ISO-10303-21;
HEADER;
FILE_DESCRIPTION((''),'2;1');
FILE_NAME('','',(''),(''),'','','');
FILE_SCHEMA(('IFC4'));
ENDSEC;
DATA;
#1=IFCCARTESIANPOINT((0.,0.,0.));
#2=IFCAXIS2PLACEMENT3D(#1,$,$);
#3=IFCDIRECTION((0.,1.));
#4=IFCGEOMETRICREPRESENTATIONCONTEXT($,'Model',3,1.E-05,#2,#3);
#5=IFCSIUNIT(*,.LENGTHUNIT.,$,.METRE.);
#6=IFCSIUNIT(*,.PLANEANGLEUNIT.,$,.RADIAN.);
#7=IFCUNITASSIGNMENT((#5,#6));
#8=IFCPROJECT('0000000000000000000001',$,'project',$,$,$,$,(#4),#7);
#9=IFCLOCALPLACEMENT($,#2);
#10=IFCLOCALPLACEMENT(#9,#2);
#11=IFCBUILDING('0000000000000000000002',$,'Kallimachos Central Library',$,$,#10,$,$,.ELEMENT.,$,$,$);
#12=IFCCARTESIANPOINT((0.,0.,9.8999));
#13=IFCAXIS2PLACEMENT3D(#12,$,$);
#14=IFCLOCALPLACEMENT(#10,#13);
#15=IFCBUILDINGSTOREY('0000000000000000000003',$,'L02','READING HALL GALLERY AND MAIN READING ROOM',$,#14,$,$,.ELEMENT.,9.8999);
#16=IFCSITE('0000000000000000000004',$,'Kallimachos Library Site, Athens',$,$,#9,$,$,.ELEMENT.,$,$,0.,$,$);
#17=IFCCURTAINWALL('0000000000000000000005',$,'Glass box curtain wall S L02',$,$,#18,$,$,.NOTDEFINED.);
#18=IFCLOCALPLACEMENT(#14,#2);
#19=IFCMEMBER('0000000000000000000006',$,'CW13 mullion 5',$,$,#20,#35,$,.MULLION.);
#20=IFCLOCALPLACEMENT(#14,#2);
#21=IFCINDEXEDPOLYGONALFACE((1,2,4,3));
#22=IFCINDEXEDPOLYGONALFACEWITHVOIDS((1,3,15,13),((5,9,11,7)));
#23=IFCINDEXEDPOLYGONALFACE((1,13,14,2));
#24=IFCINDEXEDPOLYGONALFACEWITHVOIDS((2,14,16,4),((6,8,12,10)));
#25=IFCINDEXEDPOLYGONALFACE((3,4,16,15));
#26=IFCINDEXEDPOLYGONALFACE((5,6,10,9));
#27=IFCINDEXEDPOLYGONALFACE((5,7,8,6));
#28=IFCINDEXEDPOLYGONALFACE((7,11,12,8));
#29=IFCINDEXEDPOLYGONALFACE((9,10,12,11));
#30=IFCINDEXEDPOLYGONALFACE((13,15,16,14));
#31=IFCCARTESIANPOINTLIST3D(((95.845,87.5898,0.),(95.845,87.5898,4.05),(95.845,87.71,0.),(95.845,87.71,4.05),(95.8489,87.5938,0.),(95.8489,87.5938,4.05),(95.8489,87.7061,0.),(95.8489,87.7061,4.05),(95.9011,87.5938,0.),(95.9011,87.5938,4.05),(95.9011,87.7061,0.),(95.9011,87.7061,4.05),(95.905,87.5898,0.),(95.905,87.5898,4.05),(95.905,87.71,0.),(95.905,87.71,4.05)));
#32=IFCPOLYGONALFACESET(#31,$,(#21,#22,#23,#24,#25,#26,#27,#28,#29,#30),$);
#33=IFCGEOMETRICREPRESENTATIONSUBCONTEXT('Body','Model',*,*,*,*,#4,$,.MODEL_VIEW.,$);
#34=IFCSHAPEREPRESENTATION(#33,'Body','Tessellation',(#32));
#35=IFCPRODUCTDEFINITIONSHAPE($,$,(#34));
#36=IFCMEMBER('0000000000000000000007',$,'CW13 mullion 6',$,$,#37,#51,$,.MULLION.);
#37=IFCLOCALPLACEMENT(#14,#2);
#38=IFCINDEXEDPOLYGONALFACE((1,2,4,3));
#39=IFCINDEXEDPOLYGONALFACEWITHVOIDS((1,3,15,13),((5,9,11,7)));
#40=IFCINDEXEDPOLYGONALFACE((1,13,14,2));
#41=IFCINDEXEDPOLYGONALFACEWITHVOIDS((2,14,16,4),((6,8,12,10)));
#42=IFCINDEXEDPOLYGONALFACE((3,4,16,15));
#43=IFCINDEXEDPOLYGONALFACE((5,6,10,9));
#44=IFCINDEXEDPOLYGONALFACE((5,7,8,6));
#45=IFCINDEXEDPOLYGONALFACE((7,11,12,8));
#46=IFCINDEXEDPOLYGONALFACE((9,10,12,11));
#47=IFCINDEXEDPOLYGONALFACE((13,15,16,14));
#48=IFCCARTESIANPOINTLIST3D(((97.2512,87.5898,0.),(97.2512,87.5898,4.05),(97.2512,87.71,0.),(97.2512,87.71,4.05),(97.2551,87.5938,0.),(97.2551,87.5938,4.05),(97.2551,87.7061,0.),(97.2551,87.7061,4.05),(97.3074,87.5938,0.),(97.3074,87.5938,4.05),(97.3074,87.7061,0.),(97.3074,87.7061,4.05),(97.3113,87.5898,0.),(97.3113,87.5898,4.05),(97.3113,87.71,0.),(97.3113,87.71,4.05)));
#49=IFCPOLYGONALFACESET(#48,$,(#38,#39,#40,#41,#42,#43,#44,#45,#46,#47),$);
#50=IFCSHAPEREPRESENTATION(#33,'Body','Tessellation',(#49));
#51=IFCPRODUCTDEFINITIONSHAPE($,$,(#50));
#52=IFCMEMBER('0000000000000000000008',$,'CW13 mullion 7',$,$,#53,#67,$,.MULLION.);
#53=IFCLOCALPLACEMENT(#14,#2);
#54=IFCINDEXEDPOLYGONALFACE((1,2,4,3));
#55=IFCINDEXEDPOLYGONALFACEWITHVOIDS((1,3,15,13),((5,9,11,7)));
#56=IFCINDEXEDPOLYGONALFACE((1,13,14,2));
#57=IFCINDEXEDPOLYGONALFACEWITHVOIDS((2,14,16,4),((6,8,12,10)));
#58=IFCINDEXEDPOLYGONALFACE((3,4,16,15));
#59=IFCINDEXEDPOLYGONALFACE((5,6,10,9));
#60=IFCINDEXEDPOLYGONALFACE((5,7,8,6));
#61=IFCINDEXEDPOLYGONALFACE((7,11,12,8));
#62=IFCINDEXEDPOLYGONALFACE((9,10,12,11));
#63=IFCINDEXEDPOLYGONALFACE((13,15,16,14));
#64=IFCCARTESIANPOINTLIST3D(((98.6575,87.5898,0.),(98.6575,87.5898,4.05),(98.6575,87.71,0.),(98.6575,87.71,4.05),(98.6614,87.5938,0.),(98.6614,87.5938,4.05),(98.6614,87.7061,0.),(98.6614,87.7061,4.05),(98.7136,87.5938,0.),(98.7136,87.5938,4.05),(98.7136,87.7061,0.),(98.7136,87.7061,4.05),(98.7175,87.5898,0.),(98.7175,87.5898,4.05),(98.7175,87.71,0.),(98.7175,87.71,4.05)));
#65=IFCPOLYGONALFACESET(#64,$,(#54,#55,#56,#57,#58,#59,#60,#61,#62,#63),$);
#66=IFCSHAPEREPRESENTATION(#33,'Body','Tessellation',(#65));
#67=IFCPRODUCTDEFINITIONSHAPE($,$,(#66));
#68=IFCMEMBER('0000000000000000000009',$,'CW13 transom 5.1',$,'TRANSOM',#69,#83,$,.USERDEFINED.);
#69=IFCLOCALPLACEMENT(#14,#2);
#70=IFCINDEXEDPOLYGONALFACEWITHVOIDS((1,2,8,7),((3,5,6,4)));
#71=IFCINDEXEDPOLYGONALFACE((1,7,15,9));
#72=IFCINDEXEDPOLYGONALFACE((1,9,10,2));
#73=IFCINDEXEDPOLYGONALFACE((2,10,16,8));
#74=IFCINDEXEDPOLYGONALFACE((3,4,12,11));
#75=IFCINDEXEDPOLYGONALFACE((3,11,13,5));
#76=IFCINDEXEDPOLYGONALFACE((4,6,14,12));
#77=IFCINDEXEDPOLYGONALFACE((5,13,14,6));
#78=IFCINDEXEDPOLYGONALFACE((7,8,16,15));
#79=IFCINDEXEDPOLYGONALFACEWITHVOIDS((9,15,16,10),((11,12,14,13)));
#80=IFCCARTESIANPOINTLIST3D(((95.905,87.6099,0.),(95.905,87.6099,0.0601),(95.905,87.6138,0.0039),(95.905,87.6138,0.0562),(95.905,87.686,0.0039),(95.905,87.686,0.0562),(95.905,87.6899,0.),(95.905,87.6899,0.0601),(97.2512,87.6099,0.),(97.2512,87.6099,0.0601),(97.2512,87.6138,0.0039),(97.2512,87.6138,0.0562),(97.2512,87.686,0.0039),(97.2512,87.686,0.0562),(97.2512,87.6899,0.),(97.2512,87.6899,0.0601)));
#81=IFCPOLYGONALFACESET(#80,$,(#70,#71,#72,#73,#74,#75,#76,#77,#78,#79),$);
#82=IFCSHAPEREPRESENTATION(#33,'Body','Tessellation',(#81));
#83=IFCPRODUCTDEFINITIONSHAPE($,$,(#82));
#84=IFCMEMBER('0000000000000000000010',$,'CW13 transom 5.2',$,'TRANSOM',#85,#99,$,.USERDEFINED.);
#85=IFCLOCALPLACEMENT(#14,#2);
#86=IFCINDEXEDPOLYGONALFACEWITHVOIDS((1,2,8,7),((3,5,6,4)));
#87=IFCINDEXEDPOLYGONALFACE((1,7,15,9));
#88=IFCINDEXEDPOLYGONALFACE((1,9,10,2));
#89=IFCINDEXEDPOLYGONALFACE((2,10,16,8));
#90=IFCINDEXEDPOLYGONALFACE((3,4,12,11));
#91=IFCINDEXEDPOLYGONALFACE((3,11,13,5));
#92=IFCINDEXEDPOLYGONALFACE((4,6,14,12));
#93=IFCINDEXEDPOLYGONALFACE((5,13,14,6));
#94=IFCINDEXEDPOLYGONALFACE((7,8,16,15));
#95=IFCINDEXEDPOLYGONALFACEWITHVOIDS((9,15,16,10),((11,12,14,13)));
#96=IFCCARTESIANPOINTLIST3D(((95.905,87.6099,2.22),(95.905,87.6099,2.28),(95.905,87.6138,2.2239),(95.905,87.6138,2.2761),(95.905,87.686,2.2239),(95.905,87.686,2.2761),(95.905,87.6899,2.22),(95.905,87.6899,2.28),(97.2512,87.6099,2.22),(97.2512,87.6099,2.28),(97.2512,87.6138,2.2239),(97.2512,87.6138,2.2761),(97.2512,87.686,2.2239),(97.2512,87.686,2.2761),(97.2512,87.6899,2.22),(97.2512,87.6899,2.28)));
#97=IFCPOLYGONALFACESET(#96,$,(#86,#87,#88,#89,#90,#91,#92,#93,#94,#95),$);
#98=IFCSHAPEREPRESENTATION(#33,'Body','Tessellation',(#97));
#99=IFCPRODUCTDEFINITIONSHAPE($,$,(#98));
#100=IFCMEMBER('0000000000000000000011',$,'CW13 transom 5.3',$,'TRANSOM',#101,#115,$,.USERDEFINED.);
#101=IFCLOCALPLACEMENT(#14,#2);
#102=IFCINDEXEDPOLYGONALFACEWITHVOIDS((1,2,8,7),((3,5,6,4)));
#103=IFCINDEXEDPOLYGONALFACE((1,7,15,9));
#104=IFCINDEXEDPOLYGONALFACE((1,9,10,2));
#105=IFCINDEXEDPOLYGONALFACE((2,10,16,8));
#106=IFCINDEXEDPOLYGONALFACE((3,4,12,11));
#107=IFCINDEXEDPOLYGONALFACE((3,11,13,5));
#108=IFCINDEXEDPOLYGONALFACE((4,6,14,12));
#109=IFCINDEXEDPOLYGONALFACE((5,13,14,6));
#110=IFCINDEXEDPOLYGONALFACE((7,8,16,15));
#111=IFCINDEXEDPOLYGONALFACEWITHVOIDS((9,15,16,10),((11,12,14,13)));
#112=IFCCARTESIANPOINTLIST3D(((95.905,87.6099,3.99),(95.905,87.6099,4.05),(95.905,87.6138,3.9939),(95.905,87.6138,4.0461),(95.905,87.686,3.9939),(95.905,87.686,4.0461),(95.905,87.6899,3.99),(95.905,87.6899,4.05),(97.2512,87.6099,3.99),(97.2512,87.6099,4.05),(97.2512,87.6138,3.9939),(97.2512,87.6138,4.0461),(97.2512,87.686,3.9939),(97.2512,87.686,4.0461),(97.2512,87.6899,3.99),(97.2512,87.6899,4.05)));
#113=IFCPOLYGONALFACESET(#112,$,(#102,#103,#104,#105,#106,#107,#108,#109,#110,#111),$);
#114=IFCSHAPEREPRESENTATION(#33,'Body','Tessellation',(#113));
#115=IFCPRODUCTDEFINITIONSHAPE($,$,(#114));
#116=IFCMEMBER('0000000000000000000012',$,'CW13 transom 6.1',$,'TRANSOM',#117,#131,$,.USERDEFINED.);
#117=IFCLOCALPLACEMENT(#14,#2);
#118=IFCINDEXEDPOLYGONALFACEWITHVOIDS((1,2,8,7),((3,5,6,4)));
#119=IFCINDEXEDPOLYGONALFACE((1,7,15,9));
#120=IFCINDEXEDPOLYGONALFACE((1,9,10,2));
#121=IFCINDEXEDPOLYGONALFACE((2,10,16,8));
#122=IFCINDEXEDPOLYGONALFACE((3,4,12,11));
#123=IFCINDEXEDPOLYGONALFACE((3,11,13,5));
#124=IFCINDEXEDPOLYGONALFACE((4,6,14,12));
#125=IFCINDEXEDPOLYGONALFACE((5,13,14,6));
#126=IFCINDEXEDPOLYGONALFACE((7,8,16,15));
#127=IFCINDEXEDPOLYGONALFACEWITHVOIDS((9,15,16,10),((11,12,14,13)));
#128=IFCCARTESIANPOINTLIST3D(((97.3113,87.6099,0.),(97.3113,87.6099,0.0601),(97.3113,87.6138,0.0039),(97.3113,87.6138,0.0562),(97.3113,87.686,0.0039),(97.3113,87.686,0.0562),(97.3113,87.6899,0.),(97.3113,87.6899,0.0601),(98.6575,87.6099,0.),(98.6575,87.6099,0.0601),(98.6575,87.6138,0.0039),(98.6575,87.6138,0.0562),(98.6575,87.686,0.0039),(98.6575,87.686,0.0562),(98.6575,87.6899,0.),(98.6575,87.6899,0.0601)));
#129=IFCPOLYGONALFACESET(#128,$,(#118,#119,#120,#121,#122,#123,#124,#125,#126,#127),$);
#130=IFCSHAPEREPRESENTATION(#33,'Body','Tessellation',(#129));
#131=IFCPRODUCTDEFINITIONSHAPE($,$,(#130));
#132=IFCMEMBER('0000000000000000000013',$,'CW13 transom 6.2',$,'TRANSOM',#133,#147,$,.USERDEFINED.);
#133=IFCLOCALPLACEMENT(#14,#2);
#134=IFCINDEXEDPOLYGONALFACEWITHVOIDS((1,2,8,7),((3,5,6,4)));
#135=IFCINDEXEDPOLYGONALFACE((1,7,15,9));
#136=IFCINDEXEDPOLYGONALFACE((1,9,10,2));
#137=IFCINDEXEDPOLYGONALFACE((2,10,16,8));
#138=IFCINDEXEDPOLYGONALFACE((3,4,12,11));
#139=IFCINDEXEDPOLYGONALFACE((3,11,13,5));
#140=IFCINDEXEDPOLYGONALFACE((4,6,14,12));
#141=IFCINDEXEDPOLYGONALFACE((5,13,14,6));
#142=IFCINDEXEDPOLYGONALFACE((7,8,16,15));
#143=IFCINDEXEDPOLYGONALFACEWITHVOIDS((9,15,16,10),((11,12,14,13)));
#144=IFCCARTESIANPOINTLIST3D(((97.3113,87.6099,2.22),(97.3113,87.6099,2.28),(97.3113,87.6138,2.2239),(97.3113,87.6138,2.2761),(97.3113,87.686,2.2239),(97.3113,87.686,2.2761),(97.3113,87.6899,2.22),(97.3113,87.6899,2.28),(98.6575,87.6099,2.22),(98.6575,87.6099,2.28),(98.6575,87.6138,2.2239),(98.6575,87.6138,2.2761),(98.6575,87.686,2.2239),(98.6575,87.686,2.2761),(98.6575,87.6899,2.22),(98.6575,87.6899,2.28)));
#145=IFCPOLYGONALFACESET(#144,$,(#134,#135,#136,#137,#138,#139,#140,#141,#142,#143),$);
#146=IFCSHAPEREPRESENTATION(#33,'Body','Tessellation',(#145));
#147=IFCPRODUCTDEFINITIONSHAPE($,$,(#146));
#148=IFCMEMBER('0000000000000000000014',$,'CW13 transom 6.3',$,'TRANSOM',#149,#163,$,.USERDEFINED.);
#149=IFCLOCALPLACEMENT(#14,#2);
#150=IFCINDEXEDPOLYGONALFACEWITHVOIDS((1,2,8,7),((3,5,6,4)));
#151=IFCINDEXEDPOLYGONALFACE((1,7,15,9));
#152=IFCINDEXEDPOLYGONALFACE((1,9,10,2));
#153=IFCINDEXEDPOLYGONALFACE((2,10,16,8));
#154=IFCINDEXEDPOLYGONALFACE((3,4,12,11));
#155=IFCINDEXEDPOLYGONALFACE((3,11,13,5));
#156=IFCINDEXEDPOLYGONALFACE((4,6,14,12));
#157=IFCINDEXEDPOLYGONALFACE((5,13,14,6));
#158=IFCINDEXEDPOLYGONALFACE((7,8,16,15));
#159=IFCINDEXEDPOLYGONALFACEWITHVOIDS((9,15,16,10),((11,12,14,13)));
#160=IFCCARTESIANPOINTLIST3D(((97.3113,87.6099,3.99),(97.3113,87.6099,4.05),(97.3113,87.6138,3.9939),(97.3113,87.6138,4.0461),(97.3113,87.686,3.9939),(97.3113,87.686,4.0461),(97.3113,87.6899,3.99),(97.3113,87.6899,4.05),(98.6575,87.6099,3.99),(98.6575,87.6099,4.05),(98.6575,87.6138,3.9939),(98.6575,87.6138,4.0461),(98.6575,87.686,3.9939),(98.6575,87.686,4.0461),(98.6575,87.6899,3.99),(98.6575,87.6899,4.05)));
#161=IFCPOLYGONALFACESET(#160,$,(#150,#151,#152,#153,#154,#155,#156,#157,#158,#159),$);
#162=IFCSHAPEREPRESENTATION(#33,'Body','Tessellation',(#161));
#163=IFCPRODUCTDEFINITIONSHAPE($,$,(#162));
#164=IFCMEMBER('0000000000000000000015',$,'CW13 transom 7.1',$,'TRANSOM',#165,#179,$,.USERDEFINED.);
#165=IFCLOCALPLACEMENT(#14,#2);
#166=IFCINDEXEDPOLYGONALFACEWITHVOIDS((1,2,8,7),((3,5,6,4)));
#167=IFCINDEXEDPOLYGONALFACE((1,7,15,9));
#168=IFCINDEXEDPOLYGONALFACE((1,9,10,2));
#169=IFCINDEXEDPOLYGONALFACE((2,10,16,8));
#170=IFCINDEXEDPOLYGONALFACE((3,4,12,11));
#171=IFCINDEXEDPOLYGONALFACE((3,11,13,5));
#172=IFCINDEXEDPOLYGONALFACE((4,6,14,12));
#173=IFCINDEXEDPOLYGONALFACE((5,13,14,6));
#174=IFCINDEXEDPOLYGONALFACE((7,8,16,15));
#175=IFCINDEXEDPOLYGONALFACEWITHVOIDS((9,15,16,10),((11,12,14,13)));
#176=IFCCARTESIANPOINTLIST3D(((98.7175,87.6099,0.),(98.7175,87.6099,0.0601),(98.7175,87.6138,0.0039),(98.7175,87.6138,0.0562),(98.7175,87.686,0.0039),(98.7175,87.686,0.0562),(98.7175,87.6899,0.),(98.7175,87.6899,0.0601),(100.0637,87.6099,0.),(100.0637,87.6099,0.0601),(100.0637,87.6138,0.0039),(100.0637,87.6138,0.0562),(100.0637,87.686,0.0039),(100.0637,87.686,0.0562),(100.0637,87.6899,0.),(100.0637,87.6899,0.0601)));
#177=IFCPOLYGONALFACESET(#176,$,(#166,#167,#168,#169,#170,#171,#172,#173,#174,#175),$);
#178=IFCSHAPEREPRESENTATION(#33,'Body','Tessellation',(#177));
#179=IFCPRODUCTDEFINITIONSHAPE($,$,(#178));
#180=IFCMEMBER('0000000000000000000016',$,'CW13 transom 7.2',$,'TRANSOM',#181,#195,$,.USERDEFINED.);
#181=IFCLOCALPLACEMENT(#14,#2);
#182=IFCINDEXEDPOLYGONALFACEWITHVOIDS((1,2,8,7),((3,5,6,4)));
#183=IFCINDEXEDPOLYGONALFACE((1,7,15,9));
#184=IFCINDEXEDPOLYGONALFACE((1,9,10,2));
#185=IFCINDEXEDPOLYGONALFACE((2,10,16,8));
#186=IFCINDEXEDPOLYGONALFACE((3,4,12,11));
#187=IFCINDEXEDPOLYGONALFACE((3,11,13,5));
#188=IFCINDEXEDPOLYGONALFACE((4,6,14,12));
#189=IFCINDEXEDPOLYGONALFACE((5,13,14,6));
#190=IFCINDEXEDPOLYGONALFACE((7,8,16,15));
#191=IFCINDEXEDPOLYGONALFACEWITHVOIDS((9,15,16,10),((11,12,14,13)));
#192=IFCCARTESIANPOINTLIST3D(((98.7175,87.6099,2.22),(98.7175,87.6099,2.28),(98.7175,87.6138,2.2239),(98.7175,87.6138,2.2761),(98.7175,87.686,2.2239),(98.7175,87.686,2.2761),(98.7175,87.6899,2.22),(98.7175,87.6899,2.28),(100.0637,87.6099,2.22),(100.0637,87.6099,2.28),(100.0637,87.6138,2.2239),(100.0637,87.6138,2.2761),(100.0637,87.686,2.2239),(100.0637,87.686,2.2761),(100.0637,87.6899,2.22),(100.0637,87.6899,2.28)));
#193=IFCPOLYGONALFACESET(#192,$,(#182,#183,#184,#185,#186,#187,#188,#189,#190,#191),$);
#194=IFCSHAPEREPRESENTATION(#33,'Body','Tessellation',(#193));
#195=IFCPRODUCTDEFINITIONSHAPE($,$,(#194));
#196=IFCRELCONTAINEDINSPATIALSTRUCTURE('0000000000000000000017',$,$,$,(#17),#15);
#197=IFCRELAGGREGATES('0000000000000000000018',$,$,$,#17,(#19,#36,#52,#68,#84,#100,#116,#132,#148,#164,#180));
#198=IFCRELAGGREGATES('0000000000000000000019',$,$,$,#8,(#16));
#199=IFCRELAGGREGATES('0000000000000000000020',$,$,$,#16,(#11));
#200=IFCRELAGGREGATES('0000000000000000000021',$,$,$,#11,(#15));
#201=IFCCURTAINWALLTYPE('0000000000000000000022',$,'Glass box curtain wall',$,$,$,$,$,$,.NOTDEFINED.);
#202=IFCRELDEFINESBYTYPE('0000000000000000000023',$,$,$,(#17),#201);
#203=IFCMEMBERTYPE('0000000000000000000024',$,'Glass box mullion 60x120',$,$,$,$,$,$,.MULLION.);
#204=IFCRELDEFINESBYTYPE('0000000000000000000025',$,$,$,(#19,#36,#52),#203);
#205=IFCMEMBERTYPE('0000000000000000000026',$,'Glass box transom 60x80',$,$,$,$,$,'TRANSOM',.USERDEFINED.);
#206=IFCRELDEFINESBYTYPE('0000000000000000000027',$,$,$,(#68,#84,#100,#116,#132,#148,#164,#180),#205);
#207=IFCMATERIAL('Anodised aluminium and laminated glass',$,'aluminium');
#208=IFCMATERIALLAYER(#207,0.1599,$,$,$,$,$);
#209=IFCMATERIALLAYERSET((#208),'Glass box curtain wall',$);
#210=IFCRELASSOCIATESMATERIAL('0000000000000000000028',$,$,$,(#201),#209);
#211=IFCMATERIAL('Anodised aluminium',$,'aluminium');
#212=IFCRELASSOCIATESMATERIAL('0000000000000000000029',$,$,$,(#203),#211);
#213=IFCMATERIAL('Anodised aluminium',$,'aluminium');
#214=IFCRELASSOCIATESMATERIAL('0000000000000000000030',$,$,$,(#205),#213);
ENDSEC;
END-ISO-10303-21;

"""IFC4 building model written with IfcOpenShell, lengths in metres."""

from ifc_helpers import new_model, si_unit, direction, frame, origin, origin_2d, place, context, subcontext, project, spatial, hollow_rectangle, extrude, material, layer, layer_set, material_profile, profile_set, type_object, element, aggregate, save


model = new_model("IFC4")

# Units and contexts
model_context = context("Model", 3, precision=1e-05, world=origin(), true_north=direction((0.0, 1.0)))
body_context = subcontext(model_context, "Body", "Model", "MODEL_VIEW")
ifc_project = project(units=[si_unit("LENGTHUNIT", "METRE"), si_unit("PLANEANGLEUNIT", "RADIAN")], contexts=[model_context])

# Site, building, storey
site_placement = place(None, origin())
site = spatial("IfcSite", under=ifc_project, at=site_placement, Name="Kallimachos Library Site, Athens", CompositionType="ELEMENT", RefElevation=0.0)
building_placement = place(site_placement, origin())
building = spatial("IfcBuilding", under=site, at=building_placement, Name="Kallimachos Central Library", CompositionType="ELEMENT")
storey_placement = place(building_placement, frame((0.0, 0.0, 9.8999)))
storey = spatial("IfcBuildingStorey", under=building, at=storey_placement, Name="L02", Description="READING HALL GALLERY AND MAIN READING ROOM", CompositionType="ELEMENT", Elevation=9.8999)

# Curtain wall, members
ifc_material_1 = material(Name="Anodised aluminium and laminated glass", Category="aluminium")
ifc_layer_1 = layer(ifc_material_1, 0.1599)
ifc_layer_set_1 = layer_set([ifc_layer_1], Name="Glass box curtain wall")
curtain_wall_type_1 = type_object("IfcCurtainWallType", Name="Glass box curtain wall", PredefinedType="NOTDEFINED", material=ifc_layer_set_1)
curtain_wall_1_placement = place(storey_placement, origin())
curtain_wall_1 = element("IfcCurtainWall", 1, at=curtain_wall_1_placement, inside=storey, type_object=curtain_wall_type_1, Name="Glass box curtain wall S L02", PredefinedType="NOTDEFINED")
ifc_material_2 = material(Name="Anodised aluminium", Category="aluminium")
ifc_material_profile_1 = material_profile(ifc_material_2, hollow_rectangle(XDim=0.0601, YDim=0.1201, WallThickness=0.0039, at=origin_2d()), Name="ALU MULLION 60x120")
ifc_profile_set_1 = profile_set([ifc_material_profile_1], Name="Anodised aluminium")
member_type_1 = type_object("IfcMemberType", Name="Glass box mullion 60x120", PredefinedType="MULLION", material=ifc_profile_set_1)
member_1_placement = place(storey_placement, frame((95.875, 87.6499, 0.0), z_axis=(0.0, 0.0, 1.0), x_axis=(1.0, 0.0, 0.0)))
member_1 = element("IfcMember", 2, at=member_1_placement, type_object=member_type_1, Name="CW13 mullion 5", PredefinedType="MULLION", context=body_context, shape_type="SweptSolid", body=[
    extrude(hollow_rectangle(XDim=0.0601, YDim=0.1201, WallThickness=0.0039, at=origin_2d()), origin(), (0.0, 0.0, 1.0), 4.05),
])
member_2_placement = place(storey_placement, frame((97.2812, 87.6499, 0.0), z_axis=(0.0, 0.0, 1.0), x_axis=(1.0, 0.0, 0.0)))
member_2 = element("IfcMember", 3, at=member_2_placement, type_object=member_type_1, Name="CW13 mullion 6", PredefinedType="MULLION", context=body_context, shape_type="SweptSolid", body=[
    extrude(hollow_rectangle(XDim=0.0601, YDim=0.1201, WallThickness=0.0039, at=origin_2d()), origin(), (0.0, 0.0, 1.0), 4.05),
])
member_3_placement = place(storey_placement, frame((98.6875, 87.6499, 0.0), z_axis=(0.0, 0.0, 1.0), x_axis=(1.0, 0.0, 0.0)))
member_3 = element("IfcMember", 4, at=member_3_placement, type_object=member_type_1, Name="CW13 mullion 7", PredefinedType="MULLION", context=body_context, shape_type="SweptSolid", body=[
    extrude(hollow_rectangle(XDim=0.0601, YDim=0.1201, WallThickness=0.0039, at=origin_2d()), origin(), (0.0, 0.0, 1.0), 4.05),
])
ifc_material_3 = material(Name="Anodised aluminium", Category="aluminium")
ifc_material_profile_2 = material_profile(ifc_material_3, hollow_rectangle(XDim=0.0601, YDim=0.0801, WallThickness=0.0039, at=origin_2d()), Name="ALU TRANSOM 60x80")
ifc_profile_set_2 = profile_set([ifc_material_profile_2], Name="Anodised aluminium")
member_type_2 = type_object("IfcMemberType", Name="Glass box transom 60x80", ElementType="TRANSOM", PredefinedType="USERDEFINED", material=ifc_profile_set_2)
member_4_placement = place(storey_placement, frame((95.905, 87.6499, 0.03), z_axis=(1.0, 0.0, 0.0), x_axis=(0.0, 0.0, 1.0)))
member_4 = element("IfcMember", 5, at=member_4_placement, type_object=member_type_2, Name="CW13 transom 5.1", ObjectType="TRANSOM", PredefinedType="USERDEFINED", context=body_context, shape_type="SweptSolid", body=[
    extrude(hollow_rectangle(XDim=0.0601, YDim=0.0801, WallThickness=0.0039, at=origin_2d()), origin(), (0.0, 0.0, 1.0), 1.3462),
])
member_5_placement = place(storey_placement, frame((95.905, 87.6499, 2.25), z_axis=(1.0, 0.0, 0.0), x_axis=(0.0, 0.0, 1.0)))
member_5 = element("IfcMember", 6, at=member_5_placement, type_object=member_type_2, Name="CW13 transom 5.2", ObjectType="TRANSOM", PredefinedType="USERDEFINED", context=body_context, shape_type="SweptSolid", body=[
    extrude(hollow_rectangle(XDim=0.0601, YDim=0.0801, WallThickness=0.0039, at=origin_2d()), origin(), (0.0, 0.0, 1.0), 1.3462),
])
member_6_placement = place(storey_placement, frame((95.905, 87.6499, 4.02), z_axis=(1.0, 0.0, 0.0), x_axis=(0.0, 0.0, 1.0)))
member_6 = element("IfcMember", 7, at=member_6_placement, type_object=member_type_2, Name="CW13 transom 5.3", ObjectType="TRANSOM", PredefinedType="USERDEFINED", context=body_context, shape_type="SweptSolid", body=[
    extrude(hollow_rectangle(XDim=0.0601, YDim=0.0801, WallThickness=0.0039, at=origin_2d()), origin(), (0.0, 0.0, 1.0), 1.3462),
])
member_7_placement = place(storey_placement, frame((97.3113, 87.6499, 0.03), z_axis=(1.0, 0.0, 0.0), x_axis=(0.0, 0.0, 1.0)))
member_7 = element("IfcMember", 8, at=member_7_placement, type_object=member_type_2, Name="CW13 transom 6.1", ObjectType="TRANSOM", PredefinedType="USERDEFINED", context=body_context, shape_type="SweptSolid", body=[
    extrude(hollow_rectangle(XDim=0.0601, YDim=0.0801, WallThickness=0.0039, at=origin_2d()), origin(), (0.0, 0.0, 1.0), 1.3462),
])
member_8_placement = place(storey_placement, frame((97.3113, 87.6499, 2.25), z_axis=(1.0, 0.0, 0.0), x_axis=(0.0, 0.0, 1.0)))
member_8 = element("IfcMember", 9, at=member_8_placement, type_object=member_type_2, Name="CW13 transom 6.2", ObjectType="TRANSOM", PredefinedType="USERDEFINED", context=body_context, shape_type="SweptSolid", body=[
    extrude(hollow_rectangle(XDim=0.0601, YDim=0.0801, WallThickness=0.0039, at=origin_2d()), origin(), (0.0, 0.0, 1.0), 1.3462),
])
member_9_placement = place(storey_placement, frame((97.3113, 87.6499, 4.02), z_axis=(1.0, 0.0, 0.0), x_axis=(0.0, 0.0, 1.0)))
member_9 = element("IfcMember", 10, at=member_9_placement, type_object=member_type_2, Name="CW13 transom 6.3", ObjectType="TRANSOM", PredefinedType="USERDEFINED", context=body_context, shape_type="SweptSolid", body=[
    extrude(hollow_rectangle(XDim=0.0601, YDim=0.0801, WallThickness=0.0039, at=origin_2d()), origin(), (0.0, 0.0, 1.0), 1.3462),
])
member_10_placement = place(storey_placement, frame((98.7175, 87.6499, 0.03), z_axis=(1.0, 0.0, 0.0), x_axis=(0.0, 0.0, 1.0)))
member_10 = element("IfcMember", 11, at=member_10_placement, type_object=member_type_2, Name="CW13 transom 7.1", ObjectType="TRANSOM", PredefinedType="USERDEFINED", context=body_context, shape_type="SweptSolid", body=[
    extrude(hollow_rectangle(XDim=0.0601, YDim=0.0801, WallThickness=0.0039, at=origin_2d()), origin(), (0.0, 0.0, 1.0), 1.3462),
])
member_11_placement = place(storey_placement, frame((98.7175, 87.6499, 2.25), z_axis=(1.0, 0.0, 0.0), x_axis=(0.0, 0.0, 1.0)))
member_11 = element("IfcMember", 12, at=member_11_placement, type_object=member_type_2, Name="CW13 transom 7.2", ObjectType="TRANSOM", PredefinedType="USERDEFINED", context=body_context, shape_type="SweptSolid", body=[
    extrude(hollow_rectangle(XDim=0.0601, YDim=0.0801, WallThickness=0.0039, at=origin_2d()), origin(), (0.0, 0.0, 1.0), 1.3462),
])

aggregate(curtain_wall_1, [member_1, member_2, member_3, member_4, member_5, member_6, member_7, member_8, member_9, member_10, member_11])

save(model, "model.ifc")
